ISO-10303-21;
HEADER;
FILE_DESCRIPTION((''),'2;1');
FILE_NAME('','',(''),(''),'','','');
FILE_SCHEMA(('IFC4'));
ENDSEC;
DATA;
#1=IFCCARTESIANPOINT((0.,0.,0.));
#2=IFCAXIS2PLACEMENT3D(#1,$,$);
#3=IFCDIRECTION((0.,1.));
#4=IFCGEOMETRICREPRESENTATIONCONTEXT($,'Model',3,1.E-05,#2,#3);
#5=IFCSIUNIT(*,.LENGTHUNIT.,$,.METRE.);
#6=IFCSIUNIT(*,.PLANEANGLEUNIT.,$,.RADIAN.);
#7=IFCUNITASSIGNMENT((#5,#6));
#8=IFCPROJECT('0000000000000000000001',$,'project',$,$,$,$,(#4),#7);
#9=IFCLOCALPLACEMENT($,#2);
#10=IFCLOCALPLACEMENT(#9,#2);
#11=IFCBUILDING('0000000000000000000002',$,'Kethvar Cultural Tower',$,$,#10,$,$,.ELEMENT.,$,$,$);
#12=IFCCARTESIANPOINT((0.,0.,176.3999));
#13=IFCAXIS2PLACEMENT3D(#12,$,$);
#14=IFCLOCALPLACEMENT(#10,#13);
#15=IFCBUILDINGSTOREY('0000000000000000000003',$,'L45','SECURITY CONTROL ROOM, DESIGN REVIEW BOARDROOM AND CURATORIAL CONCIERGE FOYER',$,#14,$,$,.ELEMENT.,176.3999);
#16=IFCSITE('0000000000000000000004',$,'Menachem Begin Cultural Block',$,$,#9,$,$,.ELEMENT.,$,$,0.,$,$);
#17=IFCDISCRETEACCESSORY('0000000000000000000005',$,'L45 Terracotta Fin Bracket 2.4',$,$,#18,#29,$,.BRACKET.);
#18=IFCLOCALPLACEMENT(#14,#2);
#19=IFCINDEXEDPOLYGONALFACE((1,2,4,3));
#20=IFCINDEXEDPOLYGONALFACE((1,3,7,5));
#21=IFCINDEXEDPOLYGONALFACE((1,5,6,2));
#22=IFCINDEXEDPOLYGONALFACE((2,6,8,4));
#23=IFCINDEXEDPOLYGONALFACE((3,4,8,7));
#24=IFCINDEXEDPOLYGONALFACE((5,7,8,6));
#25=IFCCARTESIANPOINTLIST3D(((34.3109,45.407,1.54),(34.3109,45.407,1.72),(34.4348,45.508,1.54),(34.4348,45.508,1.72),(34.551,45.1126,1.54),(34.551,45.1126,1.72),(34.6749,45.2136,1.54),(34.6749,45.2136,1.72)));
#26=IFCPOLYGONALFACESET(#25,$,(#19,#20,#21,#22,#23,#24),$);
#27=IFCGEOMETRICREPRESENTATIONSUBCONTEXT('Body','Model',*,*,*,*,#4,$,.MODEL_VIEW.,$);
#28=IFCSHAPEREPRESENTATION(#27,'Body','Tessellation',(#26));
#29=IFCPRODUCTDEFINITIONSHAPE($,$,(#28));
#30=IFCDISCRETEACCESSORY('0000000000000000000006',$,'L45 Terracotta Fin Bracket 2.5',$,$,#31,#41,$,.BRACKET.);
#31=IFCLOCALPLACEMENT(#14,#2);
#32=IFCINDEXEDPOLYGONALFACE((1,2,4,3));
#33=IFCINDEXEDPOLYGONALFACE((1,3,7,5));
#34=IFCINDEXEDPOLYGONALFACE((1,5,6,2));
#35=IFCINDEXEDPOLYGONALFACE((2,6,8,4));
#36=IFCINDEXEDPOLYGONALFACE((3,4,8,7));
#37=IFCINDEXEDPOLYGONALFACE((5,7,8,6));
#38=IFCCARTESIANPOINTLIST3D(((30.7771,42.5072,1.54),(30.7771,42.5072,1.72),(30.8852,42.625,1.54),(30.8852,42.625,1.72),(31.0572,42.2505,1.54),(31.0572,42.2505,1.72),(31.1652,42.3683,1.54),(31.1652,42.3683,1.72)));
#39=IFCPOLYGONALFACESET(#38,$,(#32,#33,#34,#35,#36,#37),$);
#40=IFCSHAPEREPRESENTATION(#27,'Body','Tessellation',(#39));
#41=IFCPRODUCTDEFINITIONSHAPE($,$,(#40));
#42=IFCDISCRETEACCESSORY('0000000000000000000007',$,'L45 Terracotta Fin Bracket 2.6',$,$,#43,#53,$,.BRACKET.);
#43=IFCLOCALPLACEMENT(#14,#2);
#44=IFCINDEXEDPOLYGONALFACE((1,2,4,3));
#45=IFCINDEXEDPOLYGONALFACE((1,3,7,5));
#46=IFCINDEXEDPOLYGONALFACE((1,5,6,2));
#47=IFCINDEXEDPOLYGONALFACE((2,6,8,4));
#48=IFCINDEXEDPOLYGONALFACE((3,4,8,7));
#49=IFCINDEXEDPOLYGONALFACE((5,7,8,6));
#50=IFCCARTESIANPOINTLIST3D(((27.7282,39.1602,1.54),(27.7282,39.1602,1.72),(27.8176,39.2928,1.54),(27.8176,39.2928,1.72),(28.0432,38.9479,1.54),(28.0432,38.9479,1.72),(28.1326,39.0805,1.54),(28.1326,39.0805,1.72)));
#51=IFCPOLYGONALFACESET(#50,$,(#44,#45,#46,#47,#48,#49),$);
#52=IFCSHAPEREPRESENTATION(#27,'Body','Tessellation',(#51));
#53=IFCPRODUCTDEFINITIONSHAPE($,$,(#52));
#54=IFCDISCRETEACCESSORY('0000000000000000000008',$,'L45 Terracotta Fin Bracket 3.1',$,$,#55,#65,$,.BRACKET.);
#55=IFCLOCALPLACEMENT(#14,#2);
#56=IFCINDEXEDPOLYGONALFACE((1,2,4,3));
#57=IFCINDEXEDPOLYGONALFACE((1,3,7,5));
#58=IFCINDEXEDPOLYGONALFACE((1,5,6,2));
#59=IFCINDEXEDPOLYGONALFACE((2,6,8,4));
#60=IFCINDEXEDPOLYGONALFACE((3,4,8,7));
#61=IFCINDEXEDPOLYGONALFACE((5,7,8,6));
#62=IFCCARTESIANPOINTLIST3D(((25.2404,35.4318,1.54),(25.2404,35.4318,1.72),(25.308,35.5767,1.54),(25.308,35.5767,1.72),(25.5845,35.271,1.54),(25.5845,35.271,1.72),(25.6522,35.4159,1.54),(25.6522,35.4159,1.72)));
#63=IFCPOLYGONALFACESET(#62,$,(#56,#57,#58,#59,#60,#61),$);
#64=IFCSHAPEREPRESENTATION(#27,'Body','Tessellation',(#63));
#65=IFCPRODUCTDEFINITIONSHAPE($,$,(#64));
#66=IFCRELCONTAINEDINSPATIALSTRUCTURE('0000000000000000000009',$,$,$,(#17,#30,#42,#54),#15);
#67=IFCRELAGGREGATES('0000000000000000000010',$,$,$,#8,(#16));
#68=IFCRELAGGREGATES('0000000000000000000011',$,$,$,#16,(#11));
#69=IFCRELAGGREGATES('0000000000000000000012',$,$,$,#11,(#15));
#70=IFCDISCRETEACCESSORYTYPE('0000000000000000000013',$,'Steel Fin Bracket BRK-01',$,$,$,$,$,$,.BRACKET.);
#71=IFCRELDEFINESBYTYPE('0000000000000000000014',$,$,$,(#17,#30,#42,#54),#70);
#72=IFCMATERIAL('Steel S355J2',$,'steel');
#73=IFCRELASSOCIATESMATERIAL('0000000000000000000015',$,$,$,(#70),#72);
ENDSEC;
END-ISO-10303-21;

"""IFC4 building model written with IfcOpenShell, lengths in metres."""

from ifc_helpers import new_model, si_unit, direction, frame, origin, origin_2d, place, context, subcontext, project, spatial, rectangle, extrude, source, transform, mapped, material, type_object, element, save


model = new_model("IFC4")

# Units and contexts
model_context = context("Model", 3, precision=1e-05, world=origin(), true_north=direction((0.0, 1.0)))
body_context = subcontext(model_context, "Body", "Model", "MODEL_VIEW")
ifc_project = project(units=[si_unit("LENGTHUNIT", "METRE"), si_unit("PLANEANGLEUNIT", "RADIAN")], contexts=[model_context])

# Site, building, storey
site_placement = place(None, origin())
site = spatial("IfcSite", under=ifc_project, at=site_placement, Name="Menachem Begin Cultural Block", CompositionType="ELEMENT", RefElevation=0.0)
building_placement = place(site_placement, origin())
building = spatial("IfcBuilding", under=site, at=building_placement, Name="Kethvar Cultural Tower", CompositionType="ELEMENT")
storey_placement = place(building_placement, frame((0.0, 0.0, 176.3999)))
storey = spatial("IfcBuildingStorey", under=building, at=storey_placement, Name="L45", Description="SECURITY CONTROL ROOM, DESIGN REVIEW BOARDROOM AND CURATORIAL CONCIERGE FOYER", CompositionType="ELEMENT", Elevation=176.3999)

# Shared definitions
ifc_material_1 = material(Name="Steel S355J2", Category="steel")

# Discrete accessories
discrete_accessory_type = type_object("IfcDiscreteAccessoryType", Name="Steel Fin Bracket BRK-01", PredefinedType="BRACKET", material=ifc_material_1)
shared_shape_1 = source(origin(), body_context, "Body", "SweptSolid", [
    extrude(rectangle(XDim=0.3799, YDim=0.1599, at=origin_2d()), origin(), (0.0, 0.0, 1.0), 0.1799),
])
for number, where, z_axis, x_axis, name in (
    (1, (34.4929, 45.3103, 1.54), (0.0, 0.0, 1.0), (-0.632029, 0.774944, 0.0), "L45 Terracotta Fin Bracket 2.4"),
    (2, (30.9712, 42.4377, 1.54), (0.0, 0.0, 1.0), (-0.737159, 0.675719, 0.0), "L45 Terracotta Fin Bracket 2.5"),
    (3, (27.9304, 39.1204, 1.54), (0.0, 0.0, 1.0), (-0.829233, 0.558903, 0.0), "L45 Terracotta Fin Bracket 2.6"),
    (4, (25.4463, 35.4238, 1.54), (0.0, 0.0, 1.0), (-0.906013, 0.423251, 0.0), "L45 Terracotta Fin Bracket 3.1"),
):
    element("IfcDiscreteAccessory", number, at=place(storey_placement, frame(where, z_axis=z_axis, x_axis=x_axis)), inside=storey, type_object=discrete_accessory_type, Name=name, PredefinedType="BRACKET", context=body_context, shape_type="MappedRepresentation", body=[
        mapped(shared_shape_1, transform((0.0, 0.0, 0.0), scale=1.0)),
    ])

save(model, "model.ifc")
